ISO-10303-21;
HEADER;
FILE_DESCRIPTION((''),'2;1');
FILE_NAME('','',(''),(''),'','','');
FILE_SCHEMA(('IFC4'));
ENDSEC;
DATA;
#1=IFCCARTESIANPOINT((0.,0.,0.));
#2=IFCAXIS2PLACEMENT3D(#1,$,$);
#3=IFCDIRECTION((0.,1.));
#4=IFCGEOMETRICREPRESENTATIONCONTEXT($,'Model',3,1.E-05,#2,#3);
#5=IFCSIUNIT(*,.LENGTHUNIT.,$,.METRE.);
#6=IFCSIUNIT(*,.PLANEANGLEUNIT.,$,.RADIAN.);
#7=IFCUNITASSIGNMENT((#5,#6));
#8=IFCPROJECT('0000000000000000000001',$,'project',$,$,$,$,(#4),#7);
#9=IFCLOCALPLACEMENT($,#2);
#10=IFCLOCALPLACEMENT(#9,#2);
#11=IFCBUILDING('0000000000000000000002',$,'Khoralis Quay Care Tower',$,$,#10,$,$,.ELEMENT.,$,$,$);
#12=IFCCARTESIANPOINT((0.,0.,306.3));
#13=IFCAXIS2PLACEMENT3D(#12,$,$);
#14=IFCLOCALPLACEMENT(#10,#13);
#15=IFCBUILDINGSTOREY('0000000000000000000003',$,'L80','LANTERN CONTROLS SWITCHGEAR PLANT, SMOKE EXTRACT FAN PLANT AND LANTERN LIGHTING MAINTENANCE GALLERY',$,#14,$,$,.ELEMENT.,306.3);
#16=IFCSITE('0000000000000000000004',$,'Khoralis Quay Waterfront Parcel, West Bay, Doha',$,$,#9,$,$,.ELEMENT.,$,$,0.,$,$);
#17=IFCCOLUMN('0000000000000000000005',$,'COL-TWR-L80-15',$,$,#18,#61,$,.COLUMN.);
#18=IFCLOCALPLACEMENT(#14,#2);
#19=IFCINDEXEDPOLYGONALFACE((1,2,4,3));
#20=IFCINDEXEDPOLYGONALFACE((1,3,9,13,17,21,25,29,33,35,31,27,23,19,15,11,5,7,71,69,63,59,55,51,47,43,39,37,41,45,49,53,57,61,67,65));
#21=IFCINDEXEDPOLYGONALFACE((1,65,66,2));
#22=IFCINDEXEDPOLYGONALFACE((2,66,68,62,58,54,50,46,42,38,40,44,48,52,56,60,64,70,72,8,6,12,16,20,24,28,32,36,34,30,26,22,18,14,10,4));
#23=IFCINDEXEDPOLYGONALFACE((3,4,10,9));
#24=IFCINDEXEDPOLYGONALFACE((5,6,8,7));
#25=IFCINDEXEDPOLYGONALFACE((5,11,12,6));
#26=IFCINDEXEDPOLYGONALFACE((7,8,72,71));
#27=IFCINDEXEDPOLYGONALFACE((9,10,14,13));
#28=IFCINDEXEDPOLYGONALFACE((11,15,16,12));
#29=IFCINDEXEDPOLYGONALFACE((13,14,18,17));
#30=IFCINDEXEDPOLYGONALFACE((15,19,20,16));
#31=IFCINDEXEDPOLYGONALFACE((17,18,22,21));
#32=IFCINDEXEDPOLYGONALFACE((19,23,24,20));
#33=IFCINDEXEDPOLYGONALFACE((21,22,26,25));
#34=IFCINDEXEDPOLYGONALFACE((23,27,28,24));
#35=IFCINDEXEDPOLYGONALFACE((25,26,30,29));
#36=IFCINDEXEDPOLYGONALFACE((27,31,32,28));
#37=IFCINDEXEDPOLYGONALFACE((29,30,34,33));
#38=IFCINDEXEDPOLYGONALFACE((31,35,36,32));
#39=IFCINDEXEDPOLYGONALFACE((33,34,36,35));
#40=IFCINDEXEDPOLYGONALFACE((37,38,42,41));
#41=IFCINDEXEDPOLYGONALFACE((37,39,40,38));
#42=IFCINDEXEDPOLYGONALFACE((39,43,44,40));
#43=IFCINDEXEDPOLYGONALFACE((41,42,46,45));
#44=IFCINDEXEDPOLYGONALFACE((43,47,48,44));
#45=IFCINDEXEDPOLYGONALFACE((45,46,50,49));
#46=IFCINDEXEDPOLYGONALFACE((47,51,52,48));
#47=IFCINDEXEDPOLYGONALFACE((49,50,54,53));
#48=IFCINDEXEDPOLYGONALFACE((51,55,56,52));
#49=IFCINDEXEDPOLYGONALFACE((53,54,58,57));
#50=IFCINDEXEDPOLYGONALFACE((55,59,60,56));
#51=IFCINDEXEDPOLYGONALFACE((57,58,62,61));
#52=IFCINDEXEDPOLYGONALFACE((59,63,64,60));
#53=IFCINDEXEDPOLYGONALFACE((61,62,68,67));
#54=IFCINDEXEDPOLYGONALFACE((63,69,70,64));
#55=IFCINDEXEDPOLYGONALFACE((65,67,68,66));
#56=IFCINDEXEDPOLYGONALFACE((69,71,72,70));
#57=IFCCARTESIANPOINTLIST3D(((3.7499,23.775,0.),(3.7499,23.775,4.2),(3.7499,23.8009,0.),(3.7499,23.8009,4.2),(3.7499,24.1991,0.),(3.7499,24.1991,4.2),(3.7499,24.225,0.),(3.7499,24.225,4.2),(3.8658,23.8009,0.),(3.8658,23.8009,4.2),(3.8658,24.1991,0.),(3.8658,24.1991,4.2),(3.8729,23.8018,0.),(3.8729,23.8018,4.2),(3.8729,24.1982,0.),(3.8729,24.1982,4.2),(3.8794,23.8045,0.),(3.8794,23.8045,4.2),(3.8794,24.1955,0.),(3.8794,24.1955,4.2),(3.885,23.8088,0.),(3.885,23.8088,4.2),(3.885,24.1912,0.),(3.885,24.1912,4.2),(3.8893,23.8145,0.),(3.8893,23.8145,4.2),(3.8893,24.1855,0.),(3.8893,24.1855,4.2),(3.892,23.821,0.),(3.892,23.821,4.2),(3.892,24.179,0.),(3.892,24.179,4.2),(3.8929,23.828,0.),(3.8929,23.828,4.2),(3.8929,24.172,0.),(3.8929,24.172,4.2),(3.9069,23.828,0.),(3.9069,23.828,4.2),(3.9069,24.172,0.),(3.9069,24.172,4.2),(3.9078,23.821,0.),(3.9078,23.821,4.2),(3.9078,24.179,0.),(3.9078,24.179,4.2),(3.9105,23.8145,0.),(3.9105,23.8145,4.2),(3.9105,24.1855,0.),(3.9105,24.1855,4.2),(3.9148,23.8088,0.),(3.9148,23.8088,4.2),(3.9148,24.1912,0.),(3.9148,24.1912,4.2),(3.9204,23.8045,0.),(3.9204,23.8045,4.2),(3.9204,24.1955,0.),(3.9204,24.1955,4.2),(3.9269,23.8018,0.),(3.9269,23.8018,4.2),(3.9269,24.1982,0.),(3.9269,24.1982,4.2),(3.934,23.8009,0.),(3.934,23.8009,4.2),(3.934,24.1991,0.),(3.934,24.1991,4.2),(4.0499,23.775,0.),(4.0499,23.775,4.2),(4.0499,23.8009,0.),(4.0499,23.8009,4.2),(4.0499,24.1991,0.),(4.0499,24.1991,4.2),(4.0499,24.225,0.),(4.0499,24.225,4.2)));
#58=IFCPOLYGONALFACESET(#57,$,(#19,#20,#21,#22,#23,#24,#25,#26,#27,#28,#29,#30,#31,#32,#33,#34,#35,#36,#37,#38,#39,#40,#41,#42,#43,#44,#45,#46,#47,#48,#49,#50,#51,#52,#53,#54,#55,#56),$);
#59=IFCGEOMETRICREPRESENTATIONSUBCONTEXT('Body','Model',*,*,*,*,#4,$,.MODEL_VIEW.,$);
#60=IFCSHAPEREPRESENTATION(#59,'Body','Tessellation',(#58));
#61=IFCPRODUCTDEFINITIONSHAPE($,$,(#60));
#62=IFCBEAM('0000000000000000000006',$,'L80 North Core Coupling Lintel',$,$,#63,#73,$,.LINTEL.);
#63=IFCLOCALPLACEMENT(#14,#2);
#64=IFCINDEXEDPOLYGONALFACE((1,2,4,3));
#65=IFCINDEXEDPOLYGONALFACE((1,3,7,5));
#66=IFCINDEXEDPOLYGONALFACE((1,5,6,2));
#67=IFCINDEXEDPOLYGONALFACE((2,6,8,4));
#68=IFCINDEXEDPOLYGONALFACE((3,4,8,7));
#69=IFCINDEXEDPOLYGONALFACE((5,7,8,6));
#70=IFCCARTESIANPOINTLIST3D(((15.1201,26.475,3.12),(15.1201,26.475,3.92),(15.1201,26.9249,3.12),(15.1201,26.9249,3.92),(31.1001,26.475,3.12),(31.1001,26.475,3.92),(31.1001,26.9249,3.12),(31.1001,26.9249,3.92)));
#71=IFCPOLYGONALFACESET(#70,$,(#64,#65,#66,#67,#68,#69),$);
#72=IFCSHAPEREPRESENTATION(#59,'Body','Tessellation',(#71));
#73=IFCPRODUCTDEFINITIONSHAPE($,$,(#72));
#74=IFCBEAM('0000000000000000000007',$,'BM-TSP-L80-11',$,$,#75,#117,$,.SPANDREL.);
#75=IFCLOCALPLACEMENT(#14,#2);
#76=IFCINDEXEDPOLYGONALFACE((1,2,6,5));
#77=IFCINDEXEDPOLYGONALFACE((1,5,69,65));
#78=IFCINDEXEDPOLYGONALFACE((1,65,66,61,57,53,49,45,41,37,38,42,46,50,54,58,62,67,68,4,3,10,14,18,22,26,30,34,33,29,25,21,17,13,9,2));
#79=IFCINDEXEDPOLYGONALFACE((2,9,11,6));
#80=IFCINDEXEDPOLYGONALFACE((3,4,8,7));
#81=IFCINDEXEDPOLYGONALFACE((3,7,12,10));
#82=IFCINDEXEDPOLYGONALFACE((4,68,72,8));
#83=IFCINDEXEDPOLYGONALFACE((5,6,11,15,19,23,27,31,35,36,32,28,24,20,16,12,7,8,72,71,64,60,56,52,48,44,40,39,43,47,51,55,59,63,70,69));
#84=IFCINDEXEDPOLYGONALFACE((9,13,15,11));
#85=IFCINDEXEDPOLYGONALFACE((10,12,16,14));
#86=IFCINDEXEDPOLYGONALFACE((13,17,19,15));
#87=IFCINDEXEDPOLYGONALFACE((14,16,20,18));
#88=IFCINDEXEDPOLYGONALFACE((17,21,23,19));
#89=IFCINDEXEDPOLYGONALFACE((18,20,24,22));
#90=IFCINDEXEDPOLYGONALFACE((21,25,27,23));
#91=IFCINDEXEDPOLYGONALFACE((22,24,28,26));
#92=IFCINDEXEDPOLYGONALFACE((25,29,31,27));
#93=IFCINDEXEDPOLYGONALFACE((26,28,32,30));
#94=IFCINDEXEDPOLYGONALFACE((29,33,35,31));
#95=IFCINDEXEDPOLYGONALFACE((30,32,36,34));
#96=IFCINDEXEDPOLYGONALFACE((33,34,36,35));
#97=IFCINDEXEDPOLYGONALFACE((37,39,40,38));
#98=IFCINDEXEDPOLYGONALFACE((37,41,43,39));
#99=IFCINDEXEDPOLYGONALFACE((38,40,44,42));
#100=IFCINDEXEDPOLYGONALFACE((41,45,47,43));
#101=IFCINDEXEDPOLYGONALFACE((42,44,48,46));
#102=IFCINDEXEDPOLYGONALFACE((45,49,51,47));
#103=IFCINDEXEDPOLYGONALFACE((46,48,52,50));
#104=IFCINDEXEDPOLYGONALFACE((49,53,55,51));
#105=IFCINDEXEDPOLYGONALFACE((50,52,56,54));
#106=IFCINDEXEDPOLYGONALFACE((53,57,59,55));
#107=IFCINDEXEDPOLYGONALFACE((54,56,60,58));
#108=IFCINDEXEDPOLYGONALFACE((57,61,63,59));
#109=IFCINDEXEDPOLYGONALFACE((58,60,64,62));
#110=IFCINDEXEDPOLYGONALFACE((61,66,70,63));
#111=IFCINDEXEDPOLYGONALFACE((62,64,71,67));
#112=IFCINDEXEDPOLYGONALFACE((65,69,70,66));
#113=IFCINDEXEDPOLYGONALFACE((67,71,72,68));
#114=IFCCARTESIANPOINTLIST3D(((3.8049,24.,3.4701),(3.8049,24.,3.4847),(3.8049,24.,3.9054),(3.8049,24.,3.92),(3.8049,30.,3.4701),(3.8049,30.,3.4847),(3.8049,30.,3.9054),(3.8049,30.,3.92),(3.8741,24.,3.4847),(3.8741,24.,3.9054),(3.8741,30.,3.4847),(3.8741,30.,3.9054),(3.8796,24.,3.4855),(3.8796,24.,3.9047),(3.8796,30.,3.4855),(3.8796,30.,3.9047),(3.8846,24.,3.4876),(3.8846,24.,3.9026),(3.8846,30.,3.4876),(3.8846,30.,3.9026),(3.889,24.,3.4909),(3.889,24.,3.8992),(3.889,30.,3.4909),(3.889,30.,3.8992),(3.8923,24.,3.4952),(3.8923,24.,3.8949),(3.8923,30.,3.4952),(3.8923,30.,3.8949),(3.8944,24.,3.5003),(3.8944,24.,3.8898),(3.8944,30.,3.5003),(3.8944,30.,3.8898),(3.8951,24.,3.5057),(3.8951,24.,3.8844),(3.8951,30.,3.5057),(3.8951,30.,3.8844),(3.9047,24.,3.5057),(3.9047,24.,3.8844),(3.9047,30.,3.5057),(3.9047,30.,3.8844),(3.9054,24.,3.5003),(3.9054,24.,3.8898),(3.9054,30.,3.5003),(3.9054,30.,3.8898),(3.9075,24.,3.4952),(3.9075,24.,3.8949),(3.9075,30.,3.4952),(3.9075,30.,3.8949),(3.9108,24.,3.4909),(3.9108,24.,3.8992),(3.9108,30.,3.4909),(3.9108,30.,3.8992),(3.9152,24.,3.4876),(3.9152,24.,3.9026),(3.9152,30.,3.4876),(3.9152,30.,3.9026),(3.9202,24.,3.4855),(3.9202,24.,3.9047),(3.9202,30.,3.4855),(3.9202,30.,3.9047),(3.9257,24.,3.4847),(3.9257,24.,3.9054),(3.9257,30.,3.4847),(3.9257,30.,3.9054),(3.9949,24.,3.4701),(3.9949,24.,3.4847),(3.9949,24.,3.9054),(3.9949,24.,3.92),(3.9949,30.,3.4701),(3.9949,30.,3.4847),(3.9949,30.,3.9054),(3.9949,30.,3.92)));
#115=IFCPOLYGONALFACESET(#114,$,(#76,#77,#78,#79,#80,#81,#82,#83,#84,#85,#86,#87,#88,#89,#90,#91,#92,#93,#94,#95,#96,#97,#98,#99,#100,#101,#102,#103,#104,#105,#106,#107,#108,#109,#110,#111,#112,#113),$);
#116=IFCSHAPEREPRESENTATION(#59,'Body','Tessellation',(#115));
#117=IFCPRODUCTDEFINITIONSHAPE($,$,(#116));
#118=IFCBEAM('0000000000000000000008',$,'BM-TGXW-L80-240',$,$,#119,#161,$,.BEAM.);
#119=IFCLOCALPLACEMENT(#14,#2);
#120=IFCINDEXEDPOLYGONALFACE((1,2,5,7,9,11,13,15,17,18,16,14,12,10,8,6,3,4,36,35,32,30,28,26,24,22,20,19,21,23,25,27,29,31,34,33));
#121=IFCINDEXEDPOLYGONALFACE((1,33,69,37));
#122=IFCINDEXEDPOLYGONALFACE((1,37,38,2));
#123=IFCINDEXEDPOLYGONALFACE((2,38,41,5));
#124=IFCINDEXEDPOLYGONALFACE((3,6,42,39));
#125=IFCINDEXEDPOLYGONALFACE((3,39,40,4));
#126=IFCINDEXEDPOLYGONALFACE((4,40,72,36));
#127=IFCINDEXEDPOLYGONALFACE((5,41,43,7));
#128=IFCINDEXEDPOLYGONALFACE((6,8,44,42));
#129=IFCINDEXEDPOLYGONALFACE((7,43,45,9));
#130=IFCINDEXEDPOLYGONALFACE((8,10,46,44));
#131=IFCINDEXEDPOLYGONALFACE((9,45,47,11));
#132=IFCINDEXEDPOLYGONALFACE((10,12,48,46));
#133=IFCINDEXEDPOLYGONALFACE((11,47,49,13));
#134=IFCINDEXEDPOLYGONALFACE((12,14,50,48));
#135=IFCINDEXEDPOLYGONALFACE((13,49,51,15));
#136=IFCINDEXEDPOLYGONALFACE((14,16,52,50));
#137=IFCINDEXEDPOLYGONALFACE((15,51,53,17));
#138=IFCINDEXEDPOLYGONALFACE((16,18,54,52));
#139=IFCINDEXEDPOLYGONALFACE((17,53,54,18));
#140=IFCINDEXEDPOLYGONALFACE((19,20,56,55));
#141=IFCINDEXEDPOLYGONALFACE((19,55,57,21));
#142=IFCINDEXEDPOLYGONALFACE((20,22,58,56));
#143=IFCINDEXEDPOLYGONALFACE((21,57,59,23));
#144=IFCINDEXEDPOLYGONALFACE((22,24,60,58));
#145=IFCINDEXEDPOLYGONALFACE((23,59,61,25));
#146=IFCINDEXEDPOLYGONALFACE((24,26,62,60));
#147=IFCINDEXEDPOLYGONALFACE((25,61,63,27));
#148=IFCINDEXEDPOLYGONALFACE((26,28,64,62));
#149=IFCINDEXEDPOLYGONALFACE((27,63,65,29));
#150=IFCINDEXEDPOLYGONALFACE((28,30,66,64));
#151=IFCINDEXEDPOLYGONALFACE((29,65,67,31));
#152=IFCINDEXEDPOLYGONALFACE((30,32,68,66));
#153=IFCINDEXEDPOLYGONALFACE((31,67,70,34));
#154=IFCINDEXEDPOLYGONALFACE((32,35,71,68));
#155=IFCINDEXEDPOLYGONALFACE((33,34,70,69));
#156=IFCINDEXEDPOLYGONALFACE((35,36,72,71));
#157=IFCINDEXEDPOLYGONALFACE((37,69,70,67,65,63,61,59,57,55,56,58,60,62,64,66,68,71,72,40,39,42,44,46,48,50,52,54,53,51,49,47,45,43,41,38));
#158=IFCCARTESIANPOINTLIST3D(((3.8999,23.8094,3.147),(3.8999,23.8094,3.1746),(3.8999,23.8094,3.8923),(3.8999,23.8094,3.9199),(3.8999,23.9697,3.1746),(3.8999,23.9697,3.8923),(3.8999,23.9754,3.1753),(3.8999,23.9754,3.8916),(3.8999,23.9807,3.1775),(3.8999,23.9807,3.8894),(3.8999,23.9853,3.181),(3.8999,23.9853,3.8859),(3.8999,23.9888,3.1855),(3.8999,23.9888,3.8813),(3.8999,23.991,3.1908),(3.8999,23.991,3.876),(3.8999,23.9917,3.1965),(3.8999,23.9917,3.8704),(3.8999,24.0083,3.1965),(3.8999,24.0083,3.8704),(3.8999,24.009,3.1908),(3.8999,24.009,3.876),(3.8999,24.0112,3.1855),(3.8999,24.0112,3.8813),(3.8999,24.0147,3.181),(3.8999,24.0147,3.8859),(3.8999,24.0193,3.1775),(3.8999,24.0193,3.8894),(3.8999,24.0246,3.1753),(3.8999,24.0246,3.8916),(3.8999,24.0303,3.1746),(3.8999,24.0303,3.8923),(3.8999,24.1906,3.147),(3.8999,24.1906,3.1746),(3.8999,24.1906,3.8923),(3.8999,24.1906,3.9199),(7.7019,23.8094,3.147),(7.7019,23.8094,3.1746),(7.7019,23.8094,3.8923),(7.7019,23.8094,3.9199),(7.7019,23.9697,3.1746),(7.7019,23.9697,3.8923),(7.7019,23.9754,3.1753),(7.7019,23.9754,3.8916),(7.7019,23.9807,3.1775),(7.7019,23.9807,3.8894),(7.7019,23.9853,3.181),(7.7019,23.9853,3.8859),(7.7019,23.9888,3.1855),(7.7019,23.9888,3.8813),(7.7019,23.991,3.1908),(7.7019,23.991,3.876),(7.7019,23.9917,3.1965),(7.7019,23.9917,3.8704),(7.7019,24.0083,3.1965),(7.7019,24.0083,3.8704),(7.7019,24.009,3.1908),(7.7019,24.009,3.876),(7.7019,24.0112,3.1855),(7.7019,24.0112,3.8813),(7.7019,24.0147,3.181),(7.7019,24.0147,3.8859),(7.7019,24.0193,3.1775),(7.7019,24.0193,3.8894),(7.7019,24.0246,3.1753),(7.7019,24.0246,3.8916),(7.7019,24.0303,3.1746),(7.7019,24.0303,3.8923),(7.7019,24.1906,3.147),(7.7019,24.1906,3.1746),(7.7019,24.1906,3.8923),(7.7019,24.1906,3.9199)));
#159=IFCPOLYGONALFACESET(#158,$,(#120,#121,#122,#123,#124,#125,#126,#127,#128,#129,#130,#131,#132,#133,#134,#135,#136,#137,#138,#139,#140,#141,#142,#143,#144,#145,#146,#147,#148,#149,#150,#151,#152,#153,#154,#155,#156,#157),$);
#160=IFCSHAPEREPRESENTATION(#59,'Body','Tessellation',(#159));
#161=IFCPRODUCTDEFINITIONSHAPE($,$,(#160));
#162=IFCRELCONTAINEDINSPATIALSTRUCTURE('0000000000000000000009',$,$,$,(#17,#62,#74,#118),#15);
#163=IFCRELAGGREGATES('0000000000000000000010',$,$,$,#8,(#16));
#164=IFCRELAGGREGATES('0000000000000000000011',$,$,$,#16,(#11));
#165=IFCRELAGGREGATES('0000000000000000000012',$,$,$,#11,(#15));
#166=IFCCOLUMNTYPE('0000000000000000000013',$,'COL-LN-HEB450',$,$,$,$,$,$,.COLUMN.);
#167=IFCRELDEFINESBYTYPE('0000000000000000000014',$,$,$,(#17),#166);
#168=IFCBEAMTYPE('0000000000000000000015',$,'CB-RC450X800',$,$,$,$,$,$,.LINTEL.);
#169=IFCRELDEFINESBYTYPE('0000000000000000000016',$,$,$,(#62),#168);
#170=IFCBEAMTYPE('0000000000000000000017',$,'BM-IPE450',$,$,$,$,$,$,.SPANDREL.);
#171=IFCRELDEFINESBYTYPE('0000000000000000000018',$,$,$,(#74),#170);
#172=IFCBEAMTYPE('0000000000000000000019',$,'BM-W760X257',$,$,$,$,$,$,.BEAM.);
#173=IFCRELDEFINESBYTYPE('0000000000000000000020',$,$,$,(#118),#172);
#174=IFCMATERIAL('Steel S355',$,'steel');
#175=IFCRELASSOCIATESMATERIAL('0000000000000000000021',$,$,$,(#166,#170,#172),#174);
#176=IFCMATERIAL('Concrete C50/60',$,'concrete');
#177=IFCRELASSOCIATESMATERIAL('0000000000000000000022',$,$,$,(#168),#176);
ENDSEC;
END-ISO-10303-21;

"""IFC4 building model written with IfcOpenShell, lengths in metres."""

from ifc_helpers import new_model, si_unit, direction, frame, origin, origin_2d, place, context, subcontext, project, spatial, rectangle, i_section, extrude, source, transform, mapped, material, material_profile, profile_set, type_object, element, save


model = new_model("IFC4")

# Units and contexts
model_context = context("Model", 3, precision=1e-05, world=origin(), true_north=direction((0.0, 1.0)))
body_context = subcontext(model_context, "Body", "Model", "MODEL_VIEW")
ifc_project = project(units=[si_unit("LENGTHUNIT", "METRE"), si_unit("PLANEANGLEUNIT", "RADIAN")], contexts=[model_context])

# Site, building, storey
site_placement = place(None, origin())
site = spatial("IfcSite", under=ifc_project, at=site_placement, Name="Khoralis Quay Waterfront Parcel, West Bay, Doha", CompositionType="ELEMENT", RefElevation=0.0)
building_placement = place(site_placement, origin())
building = spatial("IfcBuilding", under=site, at=building_placement, Name="Khoralis Quay Care Tower", CompositionType="ELEMENT")
storey_placement = place(building_placement, frame((0.0, 0.0, 306.3)))
storey = spatial("IfcBuildingStorey", under=building, at=storey_placement, Name="L80", Description="LANTERN CONTROLS SWITCHGEAR PLANT, SMOKE EXTRACT FAN PLANT AND LANTERN LIGHTING MAINTENANCE GALLERY", CompositionType="ELEMENT", Elevation=306.3)

# Column
ifc_material_1 = material(Name="Steel S355", Category="steel")
ifc_material_profile_1 = material_profile(ifc_material_1, i_section(OverallWidth=0.3, OverallDepth=0.45, WebThickness=0.0139, FlangeThickness=0.0259, FilletRadius=0.0271, at=origin_2d()), Name="Steel S355")
ifc_profile_set_1 = profile_set([ifc_material_profile_1], Name="Steel S355")
column_type = type_object("IfcColumnType", Name="COL-LN-HEB450", PredefinedType="COLUMN", material=ifc_profile_set_1)
shared_shape_1 = source(origin(), body_context, "Body", "SweptSolid", [
    extrude(i_section(OverallWidth=0.3, OverallDepth=0.45, WebThickness=0.0139, FlangeThickness=0.0259, FilletRadius=0.0271, at=origin_2d()), origin(), (0.0, 0.0, 1.0), 4.2),
])
column_placement = place(storey_placement, frame((3.8999, 24.0, 0.0), z_axis=(0.0, 0.0, 1.0), x_axis=(1.0, 0.0, 0.0)))
element("IfcColumn", 1, at=column_placement, inside=storey, type_object=column_type, Name="COL-TWR-L80-15", PredefinedType="COLUMN", context=body_context, shape_type="MappedRepresentation", body=[
    mapped(shared_shape_1, transform((0.0, 0.0, 0.0), scale=1.0)),
])

# Beams
ifc_material_2 = material(Name="Concrete C50/60", Category="concrete")
ifc_material_profile_2 = material_profile(ifc_material_2, rectangle(XDim=0.45, YDim=0.8, at=origin_2d()), Name="Concrete C50/60")
ifc_profile_set_2 = profile_set([ifc_material_profile_2], Name="Concrete C50/60")
beam_type_1 = type_object("IfcBeamType", Name="CB-RC450X800", PredefinedType="LINTEL", material=ifc_profile_set_2)
shared_shape_2 = source(origin(), body_context, "Body", "SweptSolid", [
    extrude(rectangle(XDim=0.45, YDim=0.8, at=origin_2d()), origin(), (0.0, 0.0, 1.0), 15.98),
])
beam_1_placement = place(storey_placement, frame((15.1201, 26.7, 3.52), z_axis=(1.0, 0.0, 0.0), x_axis=(0.0, 1.0, 0.0)))
element("IfcBeam", 2, at=beam_1_placement, inside=storey, type_object=beam_type_1, Name="L80 North Core Coupling Lintel", PredefinedType="LINTEL", context=body_context, shape_type="MappedRepresentation", body=[
    mapped(shared_shape_2, transform((0.0, 0.0, 0.0), scale=1.0)),
])
ifc_material_profile_3 = material_profile(ifc_material_1, i_section(OverallWidth=0.1899, OverallDepth=0.45, WebThickness=0.0095, FlangeThickness=0.0146, FilletRadius=0.021, at=origin_2d()), Name="Steel S355")
ifc_profile_set_3 = profile_set([ifc_material_profile_3], Name="Steel S355")
beam_type_2 = type_object("IfcBeamType", Name="BM-IPE450", PredefinedType="SPANDREL", material=ifc_profile_set_3)
shared_shape_3 = source(origin(), body_context, "Body", "SweptSolid", [
    extrude(i_section(OverallWidth=0.1899, OverallDepth=0.45, WebThickness=0.0095, FlangeThickness=0.0146, FilletRadius=0.021, at=origin_2d()), origin(), (0.0, 0.0, 1.0), 6.0),
])
beam_2_placement = place(storey_placement, frame((3.8999, 24.0, 3.6951), z_axis=(0.0, 1.0, 0.0), x_axis=(-1.0, 0.0, 0.0)))
element("IfcBeam", 3, at=beam_2_placement, inside=storey, type_object=beam_type_2, Name="BM-TSP-L80-11", PredefinedType="SPANDREL", context=body_context, shape_type="MappedRepresentation", body=[
    mapped(shared_shape_3, transform((0.0, 0.0, 0.0), scale=1.0)),
])
ifc_material_profile_4 = material_profile(ifc_material_1, i_section(OverallWidth=0.3811, OverallDepth=0.7729, WebThickness=0.0166, FlangeThickness=0.0276, FilletRadius=0.022, at=origin_2d()), Name="Steel S355")
ifc_profile_set_4 = profile_set([ifc_material_profile_4], Name="Steel S355")
beam_type_3 = type_object("IfcBeamType", Name="BM-W760X257", PredefinedType="BEAM", material=ifc_profile_set_4)
shared_shape_4 = source(origin(), body_context, "Body", "SweptSolid", [
    extrude(i_section(OverallWidth=0.3811, OverallDepth=0.7729, WebThickness=0.0166, FlangeThickness=0.0276, FilletRadius=0.022, at=origin_2d()), origin(), (0.0, 0.0, 1.0), 3.802),
])
beam_3_placement = place(storey_placement, frame((3.8999, 24.0, 3.5334), z_axis=(1.0, 0.0, 0.0), x_axis=(0.0, 1.0, 0.0)))
element("IfcBeam", 4, at=beam_3_placement, inside=storey, type_object=beam_type_3, Name="BM-TGXW-L80-240", PredefinedType="BEAM", context=body_context, shape_type="MappedRepresentation", body=[
    mapped(shared_shape_4, transform((0.0, 0.0, 0.0), scale=1.0)),
])

save(model, "model.ifc")
